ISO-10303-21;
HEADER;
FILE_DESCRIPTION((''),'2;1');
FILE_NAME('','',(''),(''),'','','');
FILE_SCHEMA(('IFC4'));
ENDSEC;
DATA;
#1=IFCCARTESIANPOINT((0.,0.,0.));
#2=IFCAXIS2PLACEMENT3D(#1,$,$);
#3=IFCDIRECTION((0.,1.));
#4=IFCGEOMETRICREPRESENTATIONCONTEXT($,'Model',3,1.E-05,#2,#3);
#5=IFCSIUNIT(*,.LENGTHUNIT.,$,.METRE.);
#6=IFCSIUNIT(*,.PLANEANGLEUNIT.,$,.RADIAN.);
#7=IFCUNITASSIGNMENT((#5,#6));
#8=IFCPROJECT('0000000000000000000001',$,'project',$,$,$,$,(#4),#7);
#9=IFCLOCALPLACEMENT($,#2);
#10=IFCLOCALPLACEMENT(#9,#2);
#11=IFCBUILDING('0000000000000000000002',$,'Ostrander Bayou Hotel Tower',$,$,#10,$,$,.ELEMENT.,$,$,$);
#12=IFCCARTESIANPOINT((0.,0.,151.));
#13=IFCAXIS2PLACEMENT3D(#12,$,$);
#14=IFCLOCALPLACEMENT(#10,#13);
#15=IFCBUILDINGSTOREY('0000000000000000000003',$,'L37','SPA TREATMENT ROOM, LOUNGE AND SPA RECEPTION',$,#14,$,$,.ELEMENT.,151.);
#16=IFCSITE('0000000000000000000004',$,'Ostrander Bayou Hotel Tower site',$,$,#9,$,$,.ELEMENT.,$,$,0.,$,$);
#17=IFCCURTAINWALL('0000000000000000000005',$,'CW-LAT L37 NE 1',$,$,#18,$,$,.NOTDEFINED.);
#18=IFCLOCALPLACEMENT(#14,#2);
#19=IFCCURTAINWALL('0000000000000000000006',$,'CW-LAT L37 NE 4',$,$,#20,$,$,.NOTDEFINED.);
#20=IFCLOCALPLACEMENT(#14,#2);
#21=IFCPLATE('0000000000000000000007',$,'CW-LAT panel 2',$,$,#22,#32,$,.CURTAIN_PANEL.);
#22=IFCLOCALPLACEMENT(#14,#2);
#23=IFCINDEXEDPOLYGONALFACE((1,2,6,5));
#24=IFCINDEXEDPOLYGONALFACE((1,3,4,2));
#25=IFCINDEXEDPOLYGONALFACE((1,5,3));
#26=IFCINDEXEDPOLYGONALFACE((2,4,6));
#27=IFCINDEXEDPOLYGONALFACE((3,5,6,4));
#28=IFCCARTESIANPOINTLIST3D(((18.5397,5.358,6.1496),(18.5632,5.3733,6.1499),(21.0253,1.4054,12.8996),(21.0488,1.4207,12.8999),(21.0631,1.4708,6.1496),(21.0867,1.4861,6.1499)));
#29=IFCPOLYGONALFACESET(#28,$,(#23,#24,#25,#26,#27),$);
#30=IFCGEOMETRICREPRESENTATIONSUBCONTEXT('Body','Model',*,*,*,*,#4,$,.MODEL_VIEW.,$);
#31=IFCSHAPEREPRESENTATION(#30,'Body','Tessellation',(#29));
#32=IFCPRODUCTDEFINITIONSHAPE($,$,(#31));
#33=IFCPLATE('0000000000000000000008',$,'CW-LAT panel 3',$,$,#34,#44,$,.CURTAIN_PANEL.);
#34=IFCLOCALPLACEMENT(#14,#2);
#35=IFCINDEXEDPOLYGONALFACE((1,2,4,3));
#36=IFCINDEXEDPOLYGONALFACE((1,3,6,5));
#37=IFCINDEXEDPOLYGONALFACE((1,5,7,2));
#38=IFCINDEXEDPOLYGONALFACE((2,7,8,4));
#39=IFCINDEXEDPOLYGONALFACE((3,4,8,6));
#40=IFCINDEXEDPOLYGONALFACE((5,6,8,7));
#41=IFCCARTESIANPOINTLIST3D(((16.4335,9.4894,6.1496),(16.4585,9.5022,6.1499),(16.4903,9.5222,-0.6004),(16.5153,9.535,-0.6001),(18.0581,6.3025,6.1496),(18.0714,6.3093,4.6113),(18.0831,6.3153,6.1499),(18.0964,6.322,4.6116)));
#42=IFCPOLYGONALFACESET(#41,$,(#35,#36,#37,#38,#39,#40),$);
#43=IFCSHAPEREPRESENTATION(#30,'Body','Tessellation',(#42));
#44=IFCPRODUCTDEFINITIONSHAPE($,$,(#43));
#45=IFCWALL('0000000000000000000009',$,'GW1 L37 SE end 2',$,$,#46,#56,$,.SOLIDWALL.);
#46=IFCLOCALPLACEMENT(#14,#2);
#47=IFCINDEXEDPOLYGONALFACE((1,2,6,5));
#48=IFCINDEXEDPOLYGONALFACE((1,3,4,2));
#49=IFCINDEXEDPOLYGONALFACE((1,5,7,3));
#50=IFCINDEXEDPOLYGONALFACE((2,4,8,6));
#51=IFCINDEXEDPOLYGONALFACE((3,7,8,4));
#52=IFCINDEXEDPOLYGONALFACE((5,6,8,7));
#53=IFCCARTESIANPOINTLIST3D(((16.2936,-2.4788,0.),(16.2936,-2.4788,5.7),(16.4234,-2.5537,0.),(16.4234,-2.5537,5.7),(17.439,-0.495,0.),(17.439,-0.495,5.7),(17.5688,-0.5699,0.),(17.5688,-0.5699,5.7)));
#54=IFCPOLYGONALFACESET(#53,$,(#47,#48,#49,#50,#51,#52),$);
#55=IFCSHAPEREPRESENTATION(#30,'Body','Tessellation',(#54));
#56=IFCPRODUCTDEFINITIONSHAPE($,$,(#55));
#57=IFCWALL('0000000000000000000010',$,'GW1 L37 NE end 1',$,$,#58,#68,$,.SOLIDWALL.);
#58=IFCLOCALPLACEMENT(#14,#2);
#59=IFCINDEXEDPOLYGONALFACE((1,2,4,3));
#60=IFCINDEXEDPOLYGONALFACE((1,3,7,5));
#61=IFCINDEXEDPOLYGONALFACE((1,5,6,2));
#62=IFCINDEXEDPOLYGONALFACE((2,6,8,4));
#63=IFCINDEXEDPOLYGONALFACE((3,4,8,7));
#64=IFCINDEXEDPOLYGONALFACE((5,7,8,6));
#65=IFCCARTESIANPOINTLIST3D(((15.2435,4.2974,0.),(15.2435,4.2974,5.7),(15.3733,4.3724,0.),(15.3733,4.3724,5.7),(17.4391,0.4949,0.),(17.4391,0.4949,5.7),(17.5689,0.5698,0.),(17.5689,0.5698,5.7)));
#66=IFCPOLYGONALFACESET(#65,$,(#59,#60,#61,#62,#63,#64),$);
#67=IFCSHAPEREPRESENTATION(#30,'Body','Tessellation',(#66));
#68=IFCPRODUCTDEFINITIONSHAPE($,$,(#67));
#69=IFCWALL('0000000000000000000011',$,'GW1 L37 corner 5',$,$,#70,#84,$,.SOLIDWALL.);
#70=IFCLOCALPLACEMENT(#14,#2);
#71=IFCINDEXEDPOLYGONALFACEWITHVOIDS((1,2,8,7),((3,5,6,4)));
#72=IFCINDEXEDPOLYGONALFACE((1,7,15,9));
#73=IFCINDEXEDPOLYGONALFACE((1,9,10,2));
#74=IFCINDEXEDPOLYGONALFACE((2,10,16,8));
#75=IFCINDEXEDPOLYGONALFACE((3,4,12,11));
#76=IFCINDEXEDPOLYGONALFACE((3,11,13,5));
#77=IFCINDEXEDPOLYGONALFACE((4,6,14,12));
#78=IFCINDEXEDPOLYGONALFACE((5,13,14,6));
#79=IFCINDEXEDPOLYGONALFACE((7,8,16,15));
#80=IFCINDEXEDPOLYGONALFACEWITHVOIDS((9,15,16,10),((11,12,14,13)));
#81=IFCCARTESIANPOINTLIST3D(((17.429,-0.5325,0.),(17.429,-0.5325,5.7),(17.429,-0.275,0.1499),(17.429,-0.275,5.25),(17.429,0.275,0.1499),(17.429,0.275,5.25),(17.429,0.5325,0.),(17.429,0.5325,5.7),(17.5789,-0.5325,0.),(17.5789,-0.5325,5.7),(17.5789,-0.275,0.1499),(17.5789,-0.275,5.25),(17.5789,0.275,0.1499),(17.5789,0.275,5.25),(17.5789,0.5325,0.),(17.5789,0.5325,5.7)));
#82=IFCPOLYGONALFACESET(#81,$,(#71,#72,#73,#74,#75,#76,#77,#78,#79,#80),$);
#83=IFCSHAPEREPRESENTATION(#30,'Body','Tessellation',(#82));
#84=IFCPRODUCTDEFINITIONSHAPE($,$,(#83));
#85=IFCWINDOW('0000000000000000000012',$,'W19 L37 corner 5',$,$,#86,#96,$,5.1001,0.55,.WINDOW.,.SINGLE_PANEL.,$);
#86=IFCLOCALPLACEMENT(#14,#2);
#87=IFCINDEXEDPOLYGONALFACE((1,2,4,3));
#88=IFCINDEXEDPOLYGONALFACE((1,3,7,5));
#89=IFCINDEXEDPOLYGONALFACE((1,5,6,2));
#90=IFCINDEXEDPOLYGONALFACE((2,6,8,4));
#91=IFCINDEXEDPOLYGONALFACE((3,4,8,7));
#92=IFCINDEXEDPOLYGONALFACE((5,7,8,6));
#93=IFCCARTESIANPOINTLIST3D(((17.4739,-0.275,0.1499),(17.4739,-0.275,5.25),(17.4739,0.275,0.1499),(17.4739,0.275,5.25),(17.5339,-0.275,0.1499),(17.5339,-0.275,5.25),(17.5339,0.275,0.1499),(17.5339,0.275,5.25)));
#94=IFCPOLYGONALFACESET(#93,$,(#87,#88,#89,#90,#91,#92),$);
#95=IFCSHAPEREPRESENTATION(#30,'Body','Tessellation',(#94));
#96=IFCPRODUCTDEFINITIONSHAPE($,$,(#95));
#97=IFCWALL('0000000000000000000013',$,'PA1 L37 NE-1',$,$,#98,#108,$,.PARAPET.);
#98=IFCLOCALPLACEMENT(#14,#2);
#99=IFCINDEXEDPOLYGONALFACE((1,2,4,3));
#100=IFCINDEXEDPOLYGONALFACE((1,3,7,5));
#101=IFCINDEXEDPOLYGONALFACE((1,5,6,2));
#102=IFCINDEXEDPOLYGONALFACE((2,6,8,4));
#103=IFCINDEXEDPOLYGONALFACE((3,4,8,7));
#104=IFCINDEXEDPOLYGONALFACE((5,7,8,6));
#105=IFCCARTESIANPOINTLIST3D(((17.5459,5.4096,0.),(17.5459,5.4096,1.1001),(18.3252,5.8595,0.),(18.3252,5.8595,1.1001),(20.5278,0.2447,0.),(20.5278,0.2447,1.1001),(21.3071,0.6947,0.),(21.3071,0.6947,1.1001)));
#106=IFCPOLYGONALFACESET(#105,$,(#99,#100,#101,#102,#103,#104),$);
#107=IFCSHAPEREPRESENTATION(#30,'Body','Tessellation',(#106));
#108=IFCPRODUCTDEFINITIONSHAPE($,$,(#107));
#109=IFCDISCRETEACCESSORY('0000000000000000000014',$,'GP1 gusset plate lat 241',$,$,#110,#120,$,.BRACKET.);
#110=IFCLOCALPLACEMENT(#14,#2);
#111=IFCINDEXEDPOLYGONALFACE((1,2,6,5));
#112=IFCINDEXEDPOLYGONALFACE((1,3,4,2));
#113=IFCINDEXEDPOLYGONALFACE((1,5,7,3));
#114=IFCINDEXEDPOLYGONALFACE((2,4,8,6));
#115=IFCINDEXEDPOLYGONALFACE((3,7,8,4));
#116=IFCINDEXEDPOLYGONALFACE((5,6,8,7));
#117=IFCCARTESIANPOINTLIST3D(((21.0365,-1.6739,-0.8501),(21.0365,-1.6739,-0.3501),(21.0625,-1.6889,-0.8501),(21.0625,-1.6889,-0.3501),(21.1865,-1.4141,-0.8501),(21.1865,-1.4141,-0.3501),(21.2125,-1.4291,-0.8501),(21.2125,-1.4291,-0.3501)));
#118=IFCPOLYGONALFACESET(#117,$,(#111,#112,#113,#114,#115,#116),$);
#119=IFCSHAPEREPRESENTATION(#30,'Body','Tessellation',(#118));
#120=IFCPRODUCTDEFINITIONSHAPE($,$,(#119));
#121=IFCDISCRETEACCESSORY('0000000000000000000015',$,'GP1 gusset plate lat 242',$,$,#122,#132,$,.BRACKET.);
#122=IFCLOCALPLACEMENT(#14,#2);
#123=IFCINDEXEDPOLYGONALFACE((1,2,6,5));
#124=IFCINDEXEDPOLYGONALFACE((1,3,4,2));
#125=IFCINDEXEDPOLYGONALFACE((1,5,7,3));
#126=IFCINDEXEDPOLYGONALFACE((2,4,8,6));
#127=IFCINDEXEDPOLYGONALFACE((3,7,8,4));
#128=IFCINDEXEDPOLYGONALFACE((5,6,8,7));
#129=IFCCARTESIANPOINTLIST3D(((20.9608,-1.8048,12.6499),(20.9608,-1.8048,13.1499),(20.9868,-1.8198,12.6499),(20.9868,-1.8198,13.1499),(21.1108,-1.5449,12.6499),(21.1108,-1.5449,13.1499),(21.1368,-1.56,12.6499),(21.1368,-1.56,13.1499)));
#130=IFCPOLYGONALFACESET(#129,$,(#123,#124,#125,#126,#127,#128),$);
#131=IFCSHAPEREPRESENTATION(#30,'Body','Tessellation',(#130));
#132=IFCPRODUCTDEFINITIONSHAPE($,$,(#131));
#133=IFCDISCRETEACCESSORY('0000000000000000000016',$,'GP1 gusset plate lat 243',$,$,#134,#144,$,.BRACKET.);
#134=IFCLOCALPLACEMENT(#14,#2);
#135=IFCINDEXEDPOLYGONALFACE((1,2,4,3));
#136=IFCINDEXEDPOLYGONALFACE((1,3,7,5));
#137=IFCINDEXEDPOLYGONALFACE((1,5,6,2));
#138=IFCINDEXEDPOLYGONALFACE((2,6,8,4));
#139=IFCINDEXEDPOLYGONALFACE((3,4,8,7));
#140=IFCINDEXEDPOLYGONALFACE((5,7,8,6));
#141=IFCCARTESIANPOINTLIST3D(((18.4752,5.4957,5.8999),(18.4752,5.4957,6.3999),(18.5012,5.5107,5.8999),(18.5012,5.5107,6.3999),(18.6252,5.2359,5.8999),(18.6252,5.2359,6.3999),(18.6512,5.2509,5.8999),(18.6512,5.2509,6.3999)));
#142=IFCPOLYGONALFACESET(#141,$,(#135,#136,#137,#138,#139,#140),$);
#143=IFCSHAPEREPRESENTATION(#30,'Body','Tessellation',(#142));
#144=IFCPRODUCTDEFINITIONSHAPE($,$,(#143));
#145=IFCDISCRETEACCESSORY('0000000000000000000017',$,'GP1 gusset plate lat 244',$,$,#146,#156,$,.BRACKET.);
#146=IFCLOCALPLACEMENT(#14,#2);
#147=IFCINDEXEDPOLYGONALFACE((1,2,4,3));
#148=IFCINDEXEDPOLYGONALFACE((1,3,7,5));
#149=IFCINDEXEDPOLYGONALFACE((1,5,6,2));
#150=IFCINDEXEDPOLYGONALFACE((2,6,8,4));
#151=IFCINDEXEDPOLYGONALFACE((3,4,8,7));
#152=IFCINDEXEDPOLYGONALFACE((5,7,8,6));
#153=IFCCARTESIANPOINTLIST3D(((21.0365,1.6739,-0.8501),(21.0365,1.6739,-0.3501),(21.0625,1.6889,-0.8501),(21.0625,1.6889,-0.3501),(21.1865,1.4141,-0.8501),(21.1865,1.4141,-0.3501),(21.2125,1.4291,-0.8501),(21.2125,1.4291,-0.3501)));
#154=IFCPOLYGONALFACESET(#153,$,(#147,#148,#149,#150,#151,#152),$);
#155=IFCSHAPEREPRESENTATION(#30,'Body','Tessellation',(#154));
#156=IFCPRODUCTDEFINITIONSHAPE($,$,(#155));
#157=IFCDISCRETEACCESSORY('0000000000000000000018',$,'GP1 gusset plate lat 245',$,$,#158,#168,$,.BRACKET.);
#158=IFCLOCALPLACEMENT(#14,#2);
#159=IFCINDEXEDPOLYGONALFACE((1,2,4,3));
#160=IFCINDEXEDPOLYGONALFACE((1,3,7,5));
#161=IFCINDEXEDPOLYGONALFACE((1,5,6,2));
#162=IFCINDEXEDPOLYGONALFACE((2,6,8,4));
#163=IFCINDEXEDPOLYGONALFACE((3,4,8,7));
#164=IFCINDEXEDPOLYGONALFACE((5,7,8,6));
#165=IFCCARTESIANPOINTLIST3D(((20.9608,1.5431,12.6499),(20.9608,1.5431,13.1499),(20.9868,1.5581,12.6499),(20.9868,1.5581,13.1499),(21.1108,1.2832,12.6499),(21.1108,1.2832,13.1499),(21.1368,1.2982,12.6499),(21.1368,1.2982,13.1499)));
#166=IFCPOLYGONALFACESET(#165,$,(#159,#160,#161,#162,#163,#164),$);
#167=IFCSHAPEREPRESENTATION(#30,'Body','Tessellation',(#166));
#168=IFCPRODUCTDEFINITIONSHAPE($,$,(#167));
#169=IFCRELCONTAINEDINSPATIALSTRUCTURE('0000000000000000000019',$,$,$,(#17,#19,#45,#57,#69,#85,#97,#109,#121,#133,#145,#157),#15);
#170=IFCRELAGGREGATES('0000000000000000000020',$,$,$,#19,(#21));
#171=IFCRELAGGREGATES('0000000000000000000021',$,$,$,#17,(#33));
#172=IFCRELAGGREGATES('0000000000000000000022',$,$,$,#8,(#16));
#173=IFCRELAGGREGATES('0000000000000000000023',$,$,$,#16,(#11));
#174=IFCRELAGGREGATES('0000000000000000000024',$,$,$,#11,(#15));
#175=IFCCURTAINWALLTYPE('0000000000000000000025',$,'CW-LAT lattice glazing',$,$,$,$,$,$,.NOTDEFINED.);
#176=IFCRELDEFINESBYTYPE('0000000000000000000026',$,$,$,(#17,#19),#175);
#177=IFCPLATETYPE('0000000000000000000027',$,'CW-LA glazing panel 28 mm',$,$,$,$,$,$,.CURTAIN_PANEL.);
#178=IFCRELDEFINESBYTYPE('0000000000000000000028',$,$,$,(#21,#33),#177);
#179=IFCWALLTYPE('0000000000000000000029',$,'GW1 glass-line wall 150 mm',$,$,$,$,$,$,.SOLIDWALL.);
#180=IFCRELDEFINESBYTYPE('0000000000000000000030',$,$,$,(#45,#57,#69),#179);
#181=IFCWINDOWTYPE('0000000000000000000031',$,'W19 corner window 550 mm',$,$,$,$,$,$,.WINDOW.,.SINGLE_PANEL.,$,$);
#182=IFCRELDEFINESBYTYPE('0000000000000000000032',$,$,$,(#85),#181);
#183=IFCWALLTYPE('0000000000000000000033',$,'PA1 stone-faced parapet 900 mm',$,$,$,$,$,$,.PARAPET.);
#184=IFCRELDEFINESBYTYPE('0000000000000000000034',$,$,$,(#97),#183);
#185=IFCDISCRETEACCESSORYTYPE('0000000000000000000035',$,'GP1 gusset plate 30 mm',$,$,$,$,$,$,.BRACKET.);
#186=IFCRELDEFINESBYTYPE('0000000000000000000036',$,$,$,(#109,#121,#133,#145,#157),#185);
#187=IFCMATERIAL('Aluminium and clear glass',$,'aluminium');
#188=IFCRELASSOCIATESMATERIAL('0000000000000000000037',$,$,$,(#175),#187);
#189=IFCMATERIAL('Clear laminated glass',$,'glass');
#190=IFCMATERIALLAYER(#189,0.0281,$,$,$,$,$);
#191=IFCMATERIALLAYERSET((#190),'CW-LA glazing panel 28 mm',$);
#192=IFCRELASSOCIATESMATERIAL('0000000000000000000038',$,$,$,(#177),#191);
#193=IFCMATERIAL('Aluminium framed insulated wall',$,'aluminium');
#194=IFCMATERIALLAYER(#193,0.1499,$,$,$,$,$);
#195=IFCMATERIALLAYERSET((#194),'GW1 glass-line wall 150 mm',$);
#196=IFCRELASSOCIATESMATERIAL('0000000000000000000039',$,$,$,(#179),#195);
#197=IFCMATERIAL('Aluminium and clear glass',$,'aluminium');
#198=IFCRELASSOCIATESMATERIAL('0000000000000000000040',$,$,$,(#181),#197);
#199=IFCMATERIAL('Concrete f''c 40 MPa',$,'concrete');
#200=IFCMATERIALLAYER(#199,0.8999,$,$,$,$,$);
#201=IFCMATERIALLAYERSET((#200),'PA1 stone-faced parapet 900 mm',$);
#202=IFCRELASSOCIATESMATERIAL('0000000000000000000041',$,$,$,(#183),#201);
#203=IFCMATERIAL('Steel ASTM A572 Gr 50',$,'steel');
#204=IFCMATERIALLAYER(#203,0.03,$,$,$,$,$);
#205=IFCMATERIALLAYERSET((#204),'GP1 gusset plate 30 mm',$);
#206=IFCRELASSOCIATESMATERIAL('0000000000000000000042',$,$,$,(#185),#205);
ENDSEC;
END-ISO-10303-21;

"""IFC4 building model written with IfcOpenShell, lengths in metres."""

from ifc_helpers import new_model, si_unit, direction, frame, frame_2d, origin, origin_2d, place, context, subcontext, project, spatial, polyline, rectangle, outline, extrude, material, layer, layer_set, type_object, element, fill, aggregate, save


model = new_model("IFC4")

# Units and contexts
model_context = context("Model", 3, precision=1e-05, world=origin(), true_north=direction((0.0, 1.0)))
body_context = subcontext(model_context, "Body", "Model", "MODEL_VIEW")
ifc_project = project(units=[si_unit("LENGTHUNIT", "METRE"), si_unit("PLANEANGLEUNIT", "RADIAN")], contexts=[model_context])

# Site, building, storey
site_placement = place(None, origin())
site = spatial("IfcSite", under=ifc_project, at=site_placement, Name="Ostrander Bayou Hotel Tower site", CompositionType="ELEMENT", RefElevation=0.0)
building_placement = place(site_placement, origin())
building = spatial("IfcBuilding", under=site, at=building_placement, Name="Ostrander Bayou Hotel Tower", CompositionType="ELEMENT")
storey_placement = place(building_placement, frame((0.0, 0.0, 151.0)))
storey = spatial("IfcBuildingStorey", under=building, at=storey_placement, Name="L37", Description="SPA TREATMENT ROOM, LOUNGE AND SPA RECEPTION", CompositionType="ELEMENT", Elevation=151.0)

# Curtain wall
ifc_material_1 = material(Name="Aluminium and clear glass", Category="aluminium")
curtain_wall_type_1 = type_object("IfcCurtainWallType", Name="CW-LAT lattice glazing", PredefinedType="NOTDEFINED", material=ifc_material_1)
curtain_wall_1_placement = place(storey_placement, origin())
curtain_wall_1 = element("IfcCurtainWall", 1, at=curtain_wall_1_placement, inside=storey, type_object=curtain_wall_type_1, Name="CW-LAT L37 NE 1", PredefinedType="NOTDEFINED")

# Curtain wall, plate
ifc_material_2 = material(Name="Clear laminated glass", Category="glass")
ifc_layer_1 = layer(ifc_material_2, 0.0281)
ifc_layer_set_1 = layer_set([ifc_layer_1], Name="CW-LA glazing panel 28 mm")
plate_type = type_object("IfcPlateType", Name="CW-LA glazing panel 28 mm", PredefinedType="CURTAIN_PANEL", material=ifc_layer_set_1)
curtain_wall_2_placement = place(storey_placement, origin())
curtain_wall_2 = element("IfcCurtainWall", 2, at=curtain_wall_2_placement, inside=storey, type_object=curtain_wall_type_1, Name="CW-LAT L37 NE 4", PredefinedType="NOTDEFINED")
plate_1_placement = place(storey_placement, frame((18.5632, 5.3733, 6.1499), z_axis=(0.838722, 0.544469, 0.00998), x_axis=(0.302842, -0.481585, 0.822413)))
plate_1 = element("IfcPlate", 3, at=plate_1_placement, type_object=plate_type, Name="CW-LAT panel 2", PredefinedType="CURTAIN_PANEL", context=body_context, shape_type="SweptSolid", body=[
    extrude(outline(polyline([(0.0, 0.0), (8.2076, 0.0), (2.6362, 3.8116), (0.0, 0.0)])), origin(), (0.0, 0.0, -1.0), 0.0281),
])
aggregate(curtain_wall_2, [plate_1])

# Plate
plate_2_placement = place(storey_placement, frame((18.0964, 6.322, 4.6116), z_axis=(0.890873, 0.45415, 0.009698), x_axis=(-0.250052, 0.508111, -0.824195)))
plate_2 = element("IfcPlate", 4, at=plate_2_placement, type_object=plate_type, Name="CW-LAT panel 3", PredefinedType="CURTAIN_PANEL", context=body_context, shape_type="SweptSolid", body=[
    extrude(outline(polyline([(0.0, 0.0), (6.3233, 0.0), (0.7576, 3.8195), (-1.268, 0.8711), (0.0, 0.0)])), origin(), (0.0, 0.0, -1.0), 0.0281),
])
aggregate(curtain_wall_1, [plate_2])

# Walls
ifc_material_3 = material(Name="Aluminium framed insulated wall", Category="aluminium")
ifc_layer_2 = layer(ifc_material_3, 0.1499)
ifc_layer_set_2 = layer_set([ifc_layer_2], Name="GW1 glass-line wall 150 mm")
wall_type_1 = type_object("IfcWallType", Name="GW1 glass-line wall 150 mm", PredefinedType="SOLIDWALL", material=ifc_layer_set_2)
wall_1_placement = place(storey_placement, frame((16.3584, -2.5164, 0.0), z_axis=(0.0, 0.0, 1.0), x_axis=(0.500036, 0.866005, 0.0)))
element("IfcWall", 5, at=wall_1_placement, inside=storey, type_object=wall_type_1, Name="GW1 L37 SE end 2", PredefinedType="SOLIDWALL", context=body_context, shape_type="SweptSolid", body=[
    extrude(rectangle(XDim=2.2908, YDim=0.1499, at=frame_2d((1.1455, 0.0))), origin(), (0.0, 0.0, 1.0), 5.7),
])
wall_2_placement = place(storey_placement, frame((17.5039, 0.5325, 0.0), z_axis=(0.0, 0.0, 1.0), x_axis=(-0.500032, 0.866007, 0.0)))
element("IfcWall", 6, at=wall_2_placement, inside=storey, type_object=wall_type_1, Name="GW1 L37 NE end 1", PredefinedType="SOLIDWALL", context=body_context, shape_type="SweptSolid", body=[
    extrude(rectangle(XDim=4.3909, YDim=0.1499, at=frame_2d((2.1953, 0.0))), origin(), (0.0, 0.0, 1.0), 5.7),
])

# Wall, opening, window
wall_3_placement = place(storey_placement, frame((17.5039, -0.5325, 0.0), z_axis=(0.0, 0.0, 1.0), x_axis=(0.0, 1.0, 0.0)))
wall_3 = element("IfcWall", 7, at=wall_3_placement, inside=storey, type_object=wall_type_1, Name="GW1 L37 corner 5", PredefinedType="SOLIDWALL", context=body_context, shape_type="SweptSolid", body=[
    extrude(rectangle(XDim=1.0649, YDim=0.1499, at=frame_2d((0.5325, 0.0))), origin(), (0.0, 0.0, 1.0), 5.7),
])
opening_placement = place(wall_3_placement, frame((0.2576, 0.0, 0.1499)))
opening = element("IfcOpeningElement", 8, at=opening_placement, cuts=wall_3, PredefinedType="OPENING", context=body_context, shape_type="SweptSolid", body=[
    extrude(rectangle(XDim=0.55, YDim=5.1001, at=frame_2d((0.2749, 2.55))), frame((0.0, 0.075, 0.0), z_axis=(0.0, -1.0, 0.0), x_axis=(1.0, 0.0, 0.0)), (0.0, 0.0, 1.0), 0.1499),
])
ifc_material_4 = material(Name="Aluminium and clear glass", Category="aluminium")
window_type = type_object("IfcWindowType", Name="W19 corner window 550 mm", PartitioningType="SINGLE_PANEL", PredefinedType="WINDOW", material=ifc_material_4)
window_placement = place(opening_placement, origin())
window = element("IfcWindow", 9, at=window_placement, inside=storey, type_object=window_type, Name="W19 L37 corner 5", OverallHeight=5.1001, OverallWidth=0.55, PartitioningType="SINGLE_PANEL", PredefinedType="WINDOW", context=body_context, shape_type="SweptSolid", body=[
    extrude(rectangle(XDim=0.55, YDim=5.1001, at=frame_2d((0.2749, 2.55))), frame((0.0, 0.03, 0.0), z_axis=(0.0, -1.0, 0.0), x_axis=(1.0, 0.0, 0.0)), (0.0, 0.0, 1.0), 0.0601),
])
fill(opening, window)

# Wall
ifc_material_5 = material(Name="Concrete f'c 40 MPa", Category="concrete")
ifc_layer_3 = layer(ifc_material_5, 0.8999)
ifc_layer_set_3 = layer_set([ifc_layer_3], Name="PA1 stone-faced parapet 900 mm")
wall_type_2 = type_object("IfcWallType", Name="PA1 stone-faced parapet 900 mm", PredefinedType="PARAPET", material=ifc_layer_set_3)
wall_4_placement = place(storey_placement, frame((20.9175, 0.4697, 0.0), z_axis=(0.0, 0.0, 1.0), x_axis=(-0.500005, 0.866023, 0.0)))
element("IfcWall", 10, at=wall_4_placement, inside=storey, type_object=wall_type_2, Name="PA1 L37 NE-1", PredefinedType="PARAPET", context=body_context, shape_type="SweptSolid", body=[
    extrude(rectangle(XDim=5.9639, YDim=0.8999, at=frame_2d((2.9819, 0.0))), origin(), (0.0, 0.0, 1.0), 1.1001),
])

# Discrete accessories
ifc_material_6 = material(Name="Steel ASTM A572 Gr 50", Category="steel")
ifc_layer_4 = layer(ifc_material_6, 0.03)
ifc_layer_set_4 = layer_set([ifc_layer_4], Name="GP1 gusset plate 30 mm")
discrete_accessory_type = type_object("IfcDiscreteAccessoryType", Name="GP1 gusset plate 30 mm", PredefinedType="BRACKET", material=ifc_layer_set_4)
for number, where, z_axis, x_axis, name in (
    (11, (21.1245, -1.5515, -0.8501), (0.0, 0.0, 1.0), (0.5, 0.866025, 0.0), "GP1 gusset plate lat 241"),
    (12, (21.0488, -1.6824, 12.6499), (0.0, 0.0, 1.0), (0.5, 0.866025, 0.0), "GP1 gusset plate lat 242"),
    (13, (18.5632, 5.3733, 5.8999), (0.0, 0.0, 1.0), (-0.5, 0.866025, 0.0), "GP1 gusset plate lat 243"),
    (14, (21.1245, 1.5515, -0.8501), (0.0, 0.0, 1.0), (-0.5, 0.866025, 0.0), "GP1 gusset plate lat 244"),
    (15, (21.0488, 1.4207, 12.6499), (0.0, 0.0, 1.0), (-0.5, 0.866025, 0.0), "GP1 gusset plate lat 245"),
):
    element("IfcDiscreteAccessory", number, at=place(storey_placement, frame(where, z_axis=z_axis, x_axis=x_axis)), inside=storey, type_object=discrete_accessory_type, Name=name, PredefinedType="BRACKET", context=body_context, shape_type="SweptSolid", body=[
        extrude(rectangle(XDim=0.3, YDim=0.03, at=origin_2d()), origin(), (0.0, 0.0, 1.0), 0.5),
    ])

save(model, "model.ifc")
